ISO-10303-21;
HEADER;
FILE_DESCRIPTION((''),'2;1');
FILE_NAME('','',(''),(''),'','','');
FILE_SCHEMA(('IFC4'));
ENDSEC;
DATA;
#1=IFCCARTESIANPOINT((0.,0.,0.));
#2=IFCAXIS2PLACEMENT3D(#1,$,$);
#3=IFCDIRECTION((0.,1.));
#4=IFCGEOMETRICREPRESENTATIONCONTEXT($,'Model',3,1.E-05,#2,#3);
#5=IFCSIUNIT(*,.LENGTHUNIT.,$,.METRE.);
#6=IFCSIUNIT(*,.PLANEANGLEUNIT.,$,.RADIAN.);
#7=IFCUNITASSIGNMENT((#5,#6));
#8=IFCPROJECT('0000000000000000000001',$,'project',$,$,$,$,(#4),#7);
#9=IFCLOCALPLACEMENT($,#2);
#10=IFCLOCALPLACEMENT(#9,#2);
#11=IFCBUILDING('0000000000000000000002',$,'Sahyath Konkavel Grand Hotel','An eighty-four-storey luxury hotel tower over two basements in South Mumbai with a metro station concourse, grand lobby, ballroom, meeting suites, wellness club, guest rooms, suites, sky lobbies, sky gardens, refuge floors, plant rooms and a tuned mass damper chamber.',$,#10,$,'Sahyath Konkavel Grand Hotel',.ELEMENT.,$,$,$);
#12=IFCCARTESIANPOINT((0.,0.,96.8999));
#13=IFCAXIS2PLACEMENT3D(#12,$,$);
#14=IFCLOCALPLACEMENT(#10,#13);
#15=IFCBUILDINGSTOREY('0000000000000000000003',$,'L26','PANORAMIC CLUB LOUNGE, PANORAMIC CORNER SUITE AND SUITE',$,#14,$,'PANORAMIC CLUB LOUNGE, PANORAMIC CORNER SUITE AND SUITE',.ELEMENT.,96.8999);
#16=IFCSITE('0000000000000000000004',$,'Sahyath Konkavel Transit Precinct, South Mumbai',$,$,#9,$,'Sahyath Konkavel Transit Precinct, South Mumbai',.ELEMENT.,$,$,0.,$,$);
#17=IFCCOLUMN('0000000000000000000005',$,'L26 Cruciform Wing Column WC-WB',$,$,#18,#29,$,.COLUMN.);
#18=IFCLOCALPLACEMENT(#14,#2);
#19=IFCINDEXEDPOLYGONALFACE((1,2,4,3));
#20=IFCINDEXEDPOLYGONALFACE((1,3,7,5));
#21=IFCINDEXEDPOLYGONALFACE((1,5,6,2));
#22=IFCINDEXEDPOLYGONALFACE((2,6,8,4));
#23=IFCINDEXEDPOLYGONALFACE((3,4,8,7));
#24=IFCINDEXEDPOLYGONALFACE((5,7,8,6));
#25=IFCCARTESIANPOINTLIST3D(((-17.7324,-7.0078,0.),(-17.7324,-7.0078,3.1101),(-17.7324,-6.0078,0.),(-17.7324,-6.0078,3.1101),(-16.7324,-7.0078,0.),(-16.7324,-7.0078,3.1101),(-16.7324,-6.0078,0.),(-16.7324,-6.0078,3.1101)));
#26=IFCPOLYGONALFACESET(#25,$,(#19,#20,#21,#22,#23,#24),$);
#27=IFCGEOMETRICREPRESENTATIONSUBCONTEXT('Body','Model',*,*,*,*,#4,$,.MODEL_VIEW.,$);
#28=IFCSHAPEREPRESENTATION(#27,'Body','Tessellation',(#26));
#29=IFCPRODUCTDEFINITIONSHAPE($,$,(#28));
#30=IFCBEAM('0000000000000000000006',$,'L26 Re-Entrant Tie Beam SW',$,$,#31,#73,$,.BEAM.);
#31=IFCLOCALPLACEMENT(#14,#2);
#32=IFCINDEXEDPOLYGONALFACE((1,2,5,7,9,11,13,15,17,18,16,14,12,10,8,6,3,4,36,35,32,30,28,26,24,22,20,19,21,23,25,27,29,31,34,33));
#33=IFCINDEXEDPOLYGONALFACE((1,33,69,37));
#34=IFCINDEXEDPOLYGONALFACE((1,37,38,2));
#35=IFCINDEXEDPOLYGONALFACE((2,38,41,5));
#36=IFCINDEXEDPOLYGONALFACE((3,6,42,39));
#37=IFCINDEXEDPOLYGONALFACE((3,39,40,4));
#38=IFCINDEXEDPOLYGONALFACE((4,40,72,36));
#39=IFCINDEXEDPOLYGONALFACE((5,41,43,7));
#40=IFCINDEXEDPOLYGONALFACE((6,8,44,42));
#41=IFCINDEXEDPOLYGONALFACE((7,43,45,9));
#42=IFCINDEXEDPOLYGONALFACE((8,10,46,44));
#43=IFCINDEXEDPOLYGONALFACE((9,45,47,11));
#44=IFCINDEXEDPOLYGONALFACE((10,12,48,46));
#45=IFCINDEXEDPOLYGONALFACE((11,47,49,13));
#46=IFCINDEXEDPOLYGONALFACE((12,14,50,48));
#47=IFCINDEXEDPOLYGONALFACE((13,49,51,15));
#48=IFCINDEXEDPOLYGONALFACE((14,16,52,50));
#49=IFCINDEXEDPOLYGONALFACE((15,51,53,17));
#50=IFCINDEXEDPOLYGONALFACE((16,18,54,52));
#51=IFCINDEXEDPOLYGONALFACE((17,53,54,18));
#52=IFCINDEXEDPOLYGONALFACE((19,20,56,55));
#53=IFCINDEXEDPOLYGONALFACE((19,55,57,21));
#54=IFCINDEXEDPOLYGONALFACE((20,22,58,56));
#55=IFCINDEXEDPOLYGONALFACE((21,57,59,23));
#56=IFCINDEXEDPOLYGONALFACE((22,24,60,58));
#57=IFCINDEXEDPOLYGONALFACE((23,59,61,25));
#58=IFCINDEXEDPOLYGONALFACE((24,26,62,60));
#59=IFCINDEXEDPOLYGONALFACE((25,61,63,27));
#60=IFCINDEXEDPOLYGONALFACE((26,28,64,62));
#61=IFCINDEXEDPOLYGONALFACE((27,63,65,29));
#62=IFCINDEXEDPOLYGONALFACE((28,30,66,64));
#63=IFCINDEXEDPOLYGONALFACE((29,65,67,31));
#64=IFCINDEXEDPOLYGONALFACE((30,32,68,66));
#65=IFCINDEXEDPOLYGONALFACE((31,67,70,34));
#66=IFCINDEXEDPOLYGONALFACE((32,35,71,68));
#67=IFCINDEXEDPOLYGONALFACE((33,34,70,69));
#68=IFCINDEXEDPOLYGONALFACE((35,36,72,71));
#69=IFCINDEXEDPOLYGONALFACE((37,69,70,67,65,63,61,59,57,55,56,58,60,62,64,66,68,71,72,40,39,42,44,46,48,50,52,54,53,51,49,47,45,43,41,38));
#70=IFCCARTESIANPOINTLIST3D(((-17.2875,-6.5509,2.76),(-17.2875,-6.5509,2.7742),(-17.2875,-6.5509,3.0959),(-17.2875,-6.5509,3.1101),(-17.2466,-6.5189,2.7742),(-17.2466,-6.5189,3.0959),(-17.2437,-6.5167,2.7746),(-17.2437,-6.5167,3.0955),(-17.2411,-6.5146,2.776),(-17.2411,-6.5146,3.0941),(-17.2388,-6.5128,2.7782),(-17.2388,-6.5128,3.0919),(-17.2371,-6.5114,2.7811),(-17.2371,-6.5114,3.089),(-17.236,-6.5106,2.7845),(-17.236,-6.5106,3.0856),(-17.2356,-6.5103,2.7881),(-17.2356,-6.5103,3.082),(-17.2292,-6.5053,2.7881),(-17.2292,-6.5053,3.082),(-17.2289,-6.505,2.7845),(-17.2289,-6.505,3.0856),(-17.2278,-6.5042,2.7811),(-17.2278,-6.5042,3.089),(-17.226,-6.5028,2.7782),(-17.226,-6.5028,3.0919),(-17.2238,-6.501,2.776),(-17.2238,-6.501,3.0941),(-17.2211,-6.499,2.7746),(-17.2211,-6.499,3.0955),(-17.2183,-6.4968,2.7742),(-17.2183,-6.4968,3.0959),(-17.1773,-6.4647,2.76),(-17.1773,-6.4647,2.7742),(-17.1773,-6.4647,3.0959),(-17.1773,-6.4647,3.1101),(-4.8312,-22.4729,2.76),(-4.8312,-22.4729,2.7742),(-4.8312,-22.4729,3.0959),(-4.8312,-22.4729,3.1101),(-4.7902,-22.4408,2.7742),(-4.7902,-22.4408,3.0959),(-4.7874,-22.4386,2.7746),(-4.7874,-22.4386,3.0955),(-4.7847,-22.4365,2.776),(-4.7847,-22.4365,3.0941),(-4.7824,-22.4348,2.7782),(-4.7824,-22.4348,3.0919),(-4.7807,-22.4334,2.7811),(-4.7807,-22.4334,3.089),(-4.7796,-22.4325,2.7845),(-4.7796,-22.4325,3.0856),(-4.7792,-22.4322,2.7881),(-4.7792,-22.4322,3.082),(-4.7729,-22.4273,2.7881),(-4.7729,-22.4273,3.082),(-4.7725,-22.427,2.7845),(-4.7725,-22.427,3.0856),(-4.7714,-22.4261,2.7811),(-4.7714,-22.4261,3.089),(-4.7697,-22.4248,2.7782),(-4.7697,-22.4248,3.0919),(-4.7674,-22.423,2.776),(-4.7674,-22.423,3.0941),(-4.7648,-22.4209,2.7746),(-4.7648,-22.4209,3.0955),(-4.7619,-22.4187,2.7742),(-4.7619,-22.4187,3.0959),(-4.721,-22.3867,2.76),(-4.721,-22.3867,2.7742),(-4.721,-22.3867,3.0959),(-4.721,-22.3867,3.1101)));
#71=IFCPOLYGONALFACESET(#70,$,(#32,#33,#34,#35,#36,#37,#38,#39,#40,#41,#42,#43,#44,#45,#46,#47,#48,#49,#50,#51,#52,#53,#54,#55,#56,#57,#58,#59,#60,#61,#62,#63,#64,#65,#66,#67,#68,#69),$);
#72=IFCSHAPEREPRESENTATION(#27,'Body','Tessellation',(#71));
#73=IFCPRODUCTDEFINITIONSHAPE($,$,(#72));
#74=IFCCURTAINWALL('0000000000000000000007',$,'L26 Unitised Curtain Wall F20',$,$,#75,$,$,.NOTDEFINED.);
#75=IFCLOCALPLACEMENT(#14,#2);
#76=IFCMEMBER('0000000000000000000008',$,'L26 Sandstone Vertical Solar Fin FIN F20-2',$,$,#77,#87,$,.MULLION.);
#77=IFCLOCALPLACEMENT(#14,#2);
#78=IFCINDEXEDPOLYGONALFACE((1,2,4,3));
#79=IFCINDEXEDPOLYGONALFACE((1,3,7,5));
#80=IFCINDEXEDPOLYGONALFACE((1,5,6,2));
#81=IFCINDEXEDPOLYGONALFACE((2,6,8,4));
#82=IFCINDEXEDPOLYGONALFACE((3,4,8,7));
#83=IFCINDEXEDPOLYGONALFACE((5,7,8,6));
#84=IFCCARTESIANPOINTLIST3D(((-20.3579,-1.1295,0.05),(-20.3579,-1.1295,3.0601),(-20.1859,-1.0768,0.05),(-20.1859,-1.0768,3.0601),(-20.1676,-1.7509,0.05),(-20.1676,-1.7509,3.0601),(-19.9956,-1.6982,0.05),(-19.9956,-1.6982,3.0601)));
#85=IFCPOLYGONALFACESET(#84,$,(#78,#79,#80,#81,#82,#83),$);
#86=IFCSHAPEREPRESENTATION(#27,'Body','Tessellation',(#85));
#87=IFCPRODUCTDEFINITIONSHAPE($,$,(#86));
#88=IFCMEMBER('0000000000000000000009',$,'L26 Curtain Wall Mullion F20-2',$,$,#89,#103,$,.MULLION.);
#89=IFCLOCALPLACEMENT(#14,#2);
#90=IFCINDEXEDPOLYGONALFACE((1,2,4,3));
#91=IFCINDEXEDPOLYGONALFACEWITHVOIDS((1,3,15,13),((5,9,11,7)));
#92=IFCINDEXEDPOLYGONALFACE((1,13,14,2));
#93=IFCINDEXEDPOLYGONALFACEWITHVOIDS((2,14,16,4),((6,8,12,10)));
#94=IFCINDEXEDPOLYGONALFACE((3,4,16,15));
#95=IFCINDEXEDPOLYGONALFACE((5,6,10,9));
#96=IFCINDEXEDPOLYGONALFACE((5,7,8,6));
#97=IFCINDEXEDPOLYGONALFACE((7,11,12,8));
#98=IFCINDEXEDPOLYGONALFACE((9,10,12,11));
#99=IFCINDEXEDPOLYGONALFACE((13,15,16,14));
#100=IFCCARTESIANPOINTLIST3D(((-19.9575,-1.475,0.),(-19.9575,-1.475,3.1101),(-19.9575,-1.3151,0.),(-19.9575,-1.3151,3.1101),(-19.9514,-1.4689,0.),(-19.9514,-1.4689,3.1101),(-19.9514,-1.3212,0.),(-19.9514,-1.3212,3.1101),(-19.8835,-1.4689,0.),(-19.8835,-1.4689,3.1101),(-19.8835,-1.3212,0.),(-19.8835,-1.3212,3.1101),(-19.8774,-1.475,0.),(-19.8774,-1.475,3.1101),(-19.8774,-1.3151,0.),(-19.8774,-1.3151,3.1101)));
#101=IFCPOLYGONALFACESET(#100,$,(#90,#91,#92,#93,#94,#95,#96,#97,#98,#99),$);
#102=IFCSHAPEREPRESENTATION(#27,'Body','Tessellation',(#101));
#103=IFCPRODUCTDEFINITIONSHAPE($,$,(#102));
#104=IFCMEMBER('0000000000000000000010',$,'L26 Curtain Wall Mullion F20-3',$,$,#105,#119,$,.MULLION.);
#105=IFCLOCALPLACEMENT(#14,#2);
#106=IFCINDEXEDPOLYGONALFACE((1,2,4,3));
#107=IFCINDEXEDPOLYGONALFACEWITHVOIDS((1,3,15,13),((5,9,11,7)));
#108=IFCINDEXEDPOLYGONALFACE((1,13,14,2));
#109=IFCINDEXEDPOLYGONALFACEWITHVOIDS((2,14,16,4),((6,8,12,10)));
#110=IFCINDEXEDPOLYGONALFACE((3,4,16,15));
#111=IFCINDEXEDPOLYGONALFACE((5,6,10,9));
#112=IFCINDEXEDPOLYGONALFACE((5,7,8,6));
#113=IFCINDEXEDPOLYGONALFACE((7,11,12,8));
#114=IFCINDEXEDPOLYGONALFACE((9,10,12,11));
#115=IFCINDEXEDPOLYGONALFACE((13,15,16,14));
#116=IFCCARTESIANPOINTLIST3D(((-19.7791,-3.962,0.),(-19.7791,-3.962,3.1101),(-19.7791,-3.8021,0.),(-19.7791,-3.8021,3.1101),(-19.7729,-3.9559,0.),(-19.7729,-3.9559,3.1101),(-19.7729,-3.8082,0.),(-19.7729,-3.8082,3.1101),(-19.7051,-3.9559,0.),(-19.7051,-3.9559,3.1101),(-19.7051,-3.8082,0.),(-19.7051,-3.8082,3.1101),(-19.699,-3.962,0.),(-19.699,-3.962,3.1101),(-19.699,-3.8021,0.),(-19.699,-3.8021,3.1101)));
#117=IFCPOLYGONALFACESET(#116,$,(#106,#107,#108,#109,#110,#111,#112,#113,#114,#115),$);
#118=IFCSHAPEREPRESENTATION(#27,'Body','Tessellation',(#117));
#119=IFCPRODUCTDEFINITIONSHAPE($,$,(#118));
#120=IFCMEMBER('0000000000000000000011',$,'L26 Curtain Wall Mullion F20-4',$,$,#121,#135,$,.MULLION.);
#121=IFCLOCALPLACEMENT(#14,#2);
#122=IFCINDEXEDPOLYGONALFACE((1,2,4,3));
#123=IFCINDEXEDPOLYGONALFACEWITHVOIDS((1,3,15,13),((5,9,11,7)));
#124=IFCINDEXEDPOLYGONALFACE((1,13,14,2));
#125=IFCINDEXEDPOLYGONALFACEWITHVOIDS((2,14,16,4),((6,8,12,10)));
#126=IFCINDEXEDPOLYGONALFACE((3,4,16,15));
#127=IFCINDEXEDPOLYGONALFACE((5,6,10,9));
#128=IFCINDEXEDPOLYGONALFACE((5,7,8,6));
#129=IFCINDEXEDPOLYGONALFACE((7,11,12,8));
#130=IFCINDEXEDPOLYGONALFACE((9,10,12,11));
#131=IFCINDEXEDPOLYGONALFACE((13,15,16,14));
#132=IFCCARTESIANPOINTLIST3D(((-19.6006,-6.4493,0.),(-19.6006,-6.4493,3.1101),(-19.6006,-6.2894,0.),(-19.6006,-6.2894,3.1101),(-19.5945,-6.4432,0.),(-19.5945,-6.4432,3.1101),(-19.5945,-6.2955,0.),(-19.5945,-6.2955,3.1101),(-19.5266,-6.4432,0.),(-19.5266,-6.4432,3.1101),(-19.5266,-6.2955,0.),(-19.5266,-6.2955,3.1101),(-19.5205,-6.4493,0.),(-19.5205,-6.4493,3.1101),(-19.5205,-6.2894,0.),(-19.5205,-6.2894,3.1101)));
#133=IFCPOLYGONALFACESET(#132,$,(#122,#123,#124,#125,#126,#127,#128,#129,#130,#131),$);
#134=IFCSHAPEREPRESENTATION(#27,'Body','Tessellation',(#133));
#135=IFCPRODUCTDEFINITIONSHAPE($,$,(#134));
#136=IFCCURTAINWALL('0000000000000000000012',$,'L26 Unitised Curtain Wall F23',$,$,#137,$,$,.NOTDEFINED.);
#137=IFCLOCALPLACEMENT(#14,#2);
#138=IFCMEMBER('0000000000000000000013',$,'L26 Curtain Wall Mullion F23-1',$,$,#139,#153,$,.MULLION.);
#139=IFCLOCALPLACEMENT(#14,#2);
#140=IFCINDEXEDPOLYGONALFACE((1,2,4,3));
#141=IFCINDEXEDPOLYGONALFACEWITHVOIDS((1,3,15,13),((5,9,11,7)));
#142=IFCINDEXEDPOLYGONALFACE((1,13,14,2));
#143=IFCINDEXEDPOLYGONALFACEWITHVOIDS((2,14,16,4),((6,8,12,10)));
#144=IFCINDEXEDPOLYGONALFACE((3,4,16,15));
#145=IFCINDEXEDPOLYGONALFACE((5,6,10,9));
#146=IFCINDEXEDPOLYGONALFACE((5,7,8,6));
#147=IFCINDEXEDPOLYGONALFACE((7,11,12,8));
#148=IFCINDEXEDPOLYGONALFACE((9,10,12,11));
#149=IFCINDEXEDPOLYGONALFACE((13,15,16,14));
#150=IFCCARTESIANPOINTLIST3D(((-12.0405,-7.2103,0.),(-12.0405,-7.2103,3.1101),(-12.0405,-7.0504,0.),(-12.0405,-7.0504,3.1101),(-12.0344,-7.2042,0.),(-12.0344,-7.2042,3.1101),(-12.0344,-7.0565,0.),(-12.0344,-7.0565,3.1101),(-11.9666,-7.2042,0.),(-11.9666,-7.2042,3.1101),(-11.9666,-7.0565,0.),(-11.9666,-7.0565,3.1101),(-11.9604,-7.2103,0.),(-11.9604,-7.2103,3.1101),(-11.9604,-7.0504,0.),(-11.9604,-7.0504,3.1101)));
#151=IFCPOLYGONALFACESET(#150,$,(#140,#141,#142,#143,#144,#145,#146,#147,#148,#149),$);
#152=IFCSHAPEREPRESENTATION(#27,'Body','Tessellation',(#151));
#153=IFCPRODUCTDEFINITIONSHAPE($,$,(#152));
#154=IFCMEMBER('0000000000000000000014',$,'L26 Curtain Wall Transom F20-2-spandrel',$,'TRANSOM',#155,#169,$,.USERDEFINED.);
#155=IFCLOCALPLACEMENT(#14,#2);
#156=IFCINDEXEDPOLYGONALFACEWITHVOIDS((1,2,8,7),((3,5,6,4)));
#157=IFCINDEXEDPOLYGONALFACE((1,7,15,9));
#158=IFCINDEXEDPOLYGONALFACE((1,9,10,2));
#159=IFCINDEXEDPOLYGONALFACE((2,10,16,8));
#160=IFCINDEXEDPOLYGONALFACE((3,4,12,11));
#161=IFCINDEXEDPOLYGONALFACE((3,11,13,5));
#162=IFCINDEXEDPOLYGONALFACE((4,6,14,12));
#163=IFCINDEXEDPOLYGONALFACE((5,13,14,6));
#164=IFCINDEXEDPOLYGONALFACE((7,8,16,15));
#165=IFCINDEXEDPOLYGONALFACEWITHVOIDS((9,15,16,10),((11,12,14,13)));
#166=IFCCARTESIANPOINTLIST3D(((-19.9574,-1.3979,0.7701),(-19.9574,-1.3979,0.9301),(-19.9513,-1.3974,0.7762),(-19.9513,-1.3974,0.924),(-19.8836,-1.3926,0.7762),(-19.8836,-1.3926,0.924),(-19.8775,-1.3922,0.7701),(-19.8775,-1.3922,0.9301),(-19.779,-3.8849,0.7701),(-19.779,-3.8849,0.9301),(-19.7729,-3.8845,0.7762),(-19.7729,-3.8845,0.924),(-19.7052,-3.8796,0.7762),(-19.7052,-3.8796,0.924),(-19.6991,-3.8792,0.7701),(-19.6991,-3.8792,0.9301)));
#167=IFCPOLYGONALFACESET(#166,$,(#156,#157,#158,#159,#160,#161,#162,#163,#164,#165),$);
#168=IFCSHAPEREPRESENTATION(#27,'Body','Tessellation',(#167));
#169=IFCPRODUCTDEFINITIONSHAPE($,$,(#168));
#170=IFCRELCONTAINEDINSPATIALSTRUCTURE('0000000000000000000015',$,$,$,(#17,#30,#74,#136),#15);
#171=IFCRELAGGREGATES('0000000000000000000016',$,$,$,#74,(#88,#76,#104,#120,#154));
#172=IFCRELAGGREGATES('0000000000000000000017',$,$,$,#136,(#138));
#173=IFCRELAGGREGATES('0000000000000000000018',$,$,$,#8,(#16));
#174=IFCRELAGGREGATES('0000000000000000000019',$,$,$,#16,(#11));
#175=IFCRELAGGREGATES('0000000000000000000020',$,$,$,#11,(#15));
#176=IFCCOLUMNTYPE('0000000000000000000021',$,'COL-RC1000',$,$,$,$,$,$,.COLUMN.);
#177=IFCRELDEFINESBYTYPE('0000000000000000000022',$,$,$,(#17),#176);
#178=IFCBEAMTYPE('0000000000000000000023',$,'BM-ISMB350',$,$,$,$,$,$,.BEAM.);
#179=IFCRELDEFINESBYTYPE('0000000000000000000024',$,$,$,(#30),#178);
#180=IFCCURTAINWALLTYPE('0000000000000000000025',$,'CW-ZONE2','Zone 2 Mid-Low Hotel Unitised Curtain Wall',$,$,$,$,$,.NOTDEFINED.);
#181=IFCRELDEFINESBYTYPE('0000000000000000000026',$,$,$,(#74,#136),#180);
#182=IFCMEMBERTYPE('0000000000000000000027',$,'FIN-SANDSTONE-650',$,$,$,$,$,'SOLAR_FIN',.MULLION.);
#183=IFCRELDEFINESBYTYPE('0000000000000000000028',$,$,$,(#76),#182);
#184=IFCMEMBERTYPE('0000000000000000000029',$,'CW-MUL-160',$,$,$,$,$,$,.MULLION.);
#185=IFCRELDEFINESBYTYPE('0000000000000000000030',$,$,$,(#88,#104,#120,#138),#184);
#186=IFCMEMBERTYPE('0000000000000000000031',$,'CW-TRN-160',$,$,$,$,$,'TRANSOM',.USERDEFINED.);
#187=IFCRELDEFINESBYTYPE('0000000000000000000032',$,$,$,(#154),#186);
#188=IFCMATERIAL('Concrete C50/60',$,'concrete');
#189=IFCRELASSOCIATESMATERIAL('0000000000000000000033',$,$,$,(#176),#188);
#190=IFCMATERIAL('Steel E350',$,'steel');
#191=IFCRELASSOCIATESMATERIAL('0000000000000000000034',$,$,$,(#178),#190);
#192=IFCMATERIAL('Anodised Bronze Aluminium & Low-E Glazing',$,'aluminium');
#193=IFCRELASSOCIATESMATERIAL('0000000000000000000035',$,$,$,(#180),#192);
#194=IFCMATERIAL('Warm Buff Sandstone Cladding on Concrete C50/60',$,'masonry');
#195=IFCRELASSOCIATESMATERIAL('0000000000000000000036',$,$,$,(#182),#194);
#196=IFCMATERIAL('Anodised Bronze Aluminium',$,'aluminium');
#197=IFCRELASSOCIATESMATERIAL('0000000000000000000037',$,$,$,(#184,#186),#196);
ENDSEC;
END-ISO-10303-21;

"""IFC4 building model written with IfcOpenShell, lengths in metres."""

from ifc_helpers import new_model, si_unit, direction, frame, origin, origin_2d, place, context, subcontext, project, spatial, rectangle, hollow_rectangle, i_section, extrude, source, transform, mapped, material, material_profile, profile_set, type_object, element, aggregate, save


model = new_model("IFC4")

# Units and contexts
model_context = context("Model", 3, precision=1e-05, world=origin(), true_north=direction((0.0, 1.0)))
body_context = subcontext(model_context, "Body", "Model", "MODEL_VIEW")
ifc_project = project(units=[si_unit("LENGTHUNIT", "METRE"), si_unit("PLANEANGLEUNIT", "RADIAN")], contexts=[model_context])

# Site, building, storey
site_placement = place(None, origin())
site = spatial("IfcSite", under=ifc_project, at=site_placement, Name="Sahyath Konkavel Transit Precinct, South Mumbai", LongName="Sahyath Konkavel Transit Precinct, South Mumbai", CompositionType="ELEMENT", RefElevation=0.0)
building_placement = place(site_placement, origin())
building = spatial("IfcBuilding", under=site, at=building_placement, Name="Sahyath Konkavel Grand Hotel", Description="An eighty-four-storey luxury hotel tower over two basements in South Mumbai with a metro station concourse, grand lobby, ballroom, meeting suites, wellness club, guest rooms, suites, sky lobbies, sky gardens, refuge floors, plant rooms and a tuned mass damper chamber.", LongName="Sahyath Konkavel Grand Hotel", CompositionType="ELEMENT")
storey_placement = place(building_placement, frame((0.0, 0.0, 96.8999)))
storey = spatial("IfcBuildingStorey", under=building, at=storey_placement, Name="L26", Description="PANORAMIC CLUB LOUNGE, PANORAMIC CORNER SUITE AND SUITE", LongName="PANORAMIC CLUB LOUNGE, PANORAMIC CORNER SUITE AND SUITE", CompositionType="ELEMENT", Elevation=96.8999)

# Column
ifc_material_1 = material(Name="Concrete C50/60", Category="concrete")
ifc_material_profile_1 = material_profile(ifc_material_1, rectangle(XDim=1.0, YDim=1.0, at=origin_2d()), Name="RC 1000x1000")
ifc_profile_set_1 = profile_set([ifc_material_profile_1], Name="Concrete C50/60")
column_type = type_object("IfcColumnType", Name="COL-RC1000", PredefinedType="COLUMN", material=ifc_profile_set_1)
shared_shape_1 = source(origin(), body_context, "Body", "SweptSolid", [
    extrude(rectangle(XDim=1.0, YDim=1.0, at=origin_2d()), origin(), (0.0, 0.0, 1.0), 3.1101),
])
column_placement = place(storey_placement, frame((-17.2324, -6.5078, 0.0), z_axis=(0.0, 0.0, 1.0), x_axis=(1.0, 0.0, 0.0)))
element("IfcColumn", 1, at=column_placement, inside=storey, type_object=column_type, Name="L26 Cruciform Wing Column WC-WB", PredefinedType="COLUMN", context=body_context, shape_type="MappedRepresentation", body=[
    mapped(shared_shape_1, transform((0.0, 0.0, 0.0), scale=1.0)),
])

# Beam
ifc_material_2 = material(Name="Steel E350", Category="steel")
ifc_material_profile_2 = material_profile(ifc_material_2, i_section(OverallWidth=0.1399, OverallDepth=0.3501, WebThickness=0.0081, FlangeThickness=0.0142, FilletRadius=0.0139, at=origin_2d()), Name="ISMB 350")
ifc_profile_set_2 = profile_set([ifc_material_profile_2], Name="Steel E350")
beam_type_1 = type_object("IfcBeamType", Name="BM-ISMB350", PredefinedType="BEAM", material=ifc_profile_set_2)
shared_shape_2 = source(origin(), body_context, "Body", "SweptSolid", [
    extrude(i_section(OverallWidth=0.1399, OverallDepth=0.3501, WebThickness=0.0081, FlangeThickness=0.0142, FilletRadius=0.0139, at=origin_2d()), origin(), (0.0, 0.0, 1.0), 20.2156),
])
beam_1_placement = place(storey_placement, frame((-17.2324, -6.5078, 2.9351), z_axis=(0.616176, -0.787608, 0.0), x_axis=(0.787608, 0.616176, 0.0)))
element("IfcBeam", 2, at=beam_1_placement, inside=storey, type_object=beam_type_1, Name="L26 Re-Entrant Tie Beam SW", PredefinedType="BEAM", context=body_context, shape_type="MappedRepresentation", body=[
    mapped(shared_shape_2, transform((0.0, 0.0, 0.0), scale=1.0)),
])

# Curtain wall, members
ifc_material_3 = material(Name="Anodised Bronze Aluminium & Low-E Glazing", Category="aluminium")
curtain_wall_type = type_object("IfcCurtainWallType", Name="CW-ZONE2", Description="Zone 2 Mid-Low Hotel Unitised Curtain Wall", PredefinedType="NOTDEFINED", material=ifc_material_3)
curtain_wall_1_placement = place(storey_placement, origin())
curtain_wall_1 = element("IfcCurtainWall", 3, at=curtain_wall_1_placement, inside=storey, type_object=curtain_wall_type, Name="L26 Unitised Curtain Wall F20", PredefinedType="NOTDEFINED")
ifc_material_4 = material(Name="Warm Buff Sandstone Cladding on Concrete C50/60", Category="masonry")
ifc_material_profile_3 = material_profile(ifc_material_4, rectangle(XDim=0.1799, YDim=0.6499, at=origin_2d()), Name="FIN 180x650")
ifc_profile_set_3 = profile_set([ifc_material_profile_3], Name="Warm Buff Sandstone Cladding on Concrete C50/60")
member_type_1 = type_object("IfcMemberType", Name="FIN-SANDSTONE-650", ElementType="SOLAR_FIN", PredefinedType="MULLION", material=ifc_profile_set_3)
shared_shape_3 = source(origin(), body_context, "Body", "SweptSolid", [
    extrude(rectangle(XDim=0.1799, YDim=0.6499, at=origin_2d()), origin(), (0.0, 0.0, 1.0), 3.01),
])
member_1_placement = place(storey_placement, frame((-20.1768, -1.4138, 0.05), z_axis=(0.0, 0.0, 1.0), x_axis=(0.956152, 0.292872, 0.0)))
member_1 = element("IfcMember", 4, at=member_1_placement, type_object=member_type_1, Name="L26 Sandstone Vertical Solar Fin FIN F20-2", PredefinedType="MULLION", context=body_context, shape_type="MappedRepresentation", body=[
    mapped(shared_shape_3, transform((0.0, 0.0, 0.0), scale=1.0)),
])
ifc_material_5 = material(Name="Anodised Bronze Aluminium", Category="aluminium")
ifc_material_profile_4 = material_profile(ifc_material_5, hollow_rectangle(XDim=0.0801, YDim=0.1599, WallThickness=0.0061, at=origin_2d()), Name="RHS 160x80x6")
ifc_profile_set_4 = profile_set([ifc_material_profile_4], Name="Anodised Bronze Aluminium")
member_type_2 = type_object("IfcMemberType", Name="CW-MUL-160", PredefinedType="MULLION", material=ifc_profile_set_4)
shared_shape_4 = source(origin(), body_context, "Body", "SweptSolid", [
    extrude(hollow_rectangle(XDim=0.0801, YDim=0.1599, WallThickness=0.0061, at=origin_2d()), origin(), (0.0, 0.0, 1.0), 3.1101),
])
member_2_placement = place(storey_placement, frame((-19.9175, -1.395, 0.0), z_axis=(0.0, 0.0, 1.0), x_axis=(1.0, 0.0, 0.0)))
member_2 = element("IfcMember", 5, at=member_2_placement, type_object=member_type_2, Name="L26 Curtain Wall Mullion F20-2", PredefinedType="MULLION", context=body_context, shape_type="MappedRepresentation", body=[
    mapped(shared_shape_4, transform((0.0, 0.0, 0.0), scale=1.0)),
])
member_3_placement = place(storey_placement, frame((-19.739, -3.8821, 0.0), z_axis=(0.0, 0.0, 1.0), x_axis=(1.0, 0.0, 0.0)))
member_3 = element("IfcMember", 6, at=member_3_placement, type_object=member_type_2, Name="L26 Curtain Wall Mullion F20-3", PredefinedType="MULLION", context=body_context, shape_type="MappedRepresentation", body=[
    mapped(shared_shape_4, transform((0.0, 0.0, 0.0), scale=1.0)),
])
member_4_placement = place(storey_placement, frame((-19.5605, -6.3694, 0.0), z_axis=(0.0, 0.0, 1.0), x_axis=(1.0, 0.0, 0.0)))
member_4 = element("IfcMember", 7, at=member_4_placement, type_object=member_type_2, Name="L26 Curtain Wall Mullion F20-4", PredefinedType="MULLION", context=body_context, shape_type="MappedRepresentation", body=[
    mapped(shared_shape_4, transform((0.0, 0.0, 0.0), scale=1.0)),
])

# Curtain wall, member
curtain_wall_2_placement = place(storey_placement, origin())
curtain_wall_2 = element("IfcCurtainWall", 8, at=curtain_wall_2_placement, inside=storey, type_object=curtain_wall_type, Name="L26 Unitised Curtain Wall F23", PredefinedType="NOTDEFINED")
member_5_placement = place(storey_placement, frame((-12.0005, -7.1304, 0.0), z_axis=(0.0, 0.0, 1.0), x_axis=(1.0, 0.0, 0.0)))
member_5 = element("IfcMember", 9, at=member_5_placement, type_object=member_type_2, Name="L26 Curtain Wall Mullion F23-1", PredefinedType="MULLION", context=body_context, shape_type="MappedRepresentation", body=[
    mapped(shared_shape_4, transform((0.0, 0.0, 0.0), scale=1.0)),
])

# Member
ifc_material_profile_5 = material_profile(ifc_material_5, hollow_rectangle(XDim=0.0801, YDim=0.1599, WallThickness=0.0061, at=origin_2d()), Name="RHS 160x80x6")
ifc_profile_set_5 = profile_set([ifc_material_profile_5], Name="Anodised Bronze Aluminium")
member_type_3 = type_object("IfcMemberType", Name="CW-TRN-160", ElementType="TRANSOM", PredefinedType="USERDEFINED", material=ifc_profile_set_5)
shared_shape_5 = source(origin(), body_context, "Body", "SweptSolid", [
    extrude(hollow_rectangle(XDim=0.0801, YDim=0.1599, WallThickness=0.0061, at=origin_2d()), origin(), (0.0, 0.0, 1.0), 2.4934),
])
member_6_placement = place(storey_placement, frame((-19.9175, -1.395, 0.8501), z_axis=(0.071574, -0.997435, 0.0), x_axis=(0.997435, 0.071574, 0.0)))
member_6 = element("IfcMember", 10, at=member_6_placement, type_object=member_type_3, Name="L26 Curtain Wall Transom F20-2-spandrel", ObjectType="TRANSOM", PredefinedType="USERDEFINED", context=body_context, shape_type="MappedRepresentation", body=[
    mapped(shared_shape_5, transform((0.0, 0.0, 0.0), scale=1.0)),
])

aggregate(curtain_wall_1, [member_2, member_1, member_3, member_4, member_6])
aggregate(curtain_wall_2, [member_5])

save(model, "model.ifc")
